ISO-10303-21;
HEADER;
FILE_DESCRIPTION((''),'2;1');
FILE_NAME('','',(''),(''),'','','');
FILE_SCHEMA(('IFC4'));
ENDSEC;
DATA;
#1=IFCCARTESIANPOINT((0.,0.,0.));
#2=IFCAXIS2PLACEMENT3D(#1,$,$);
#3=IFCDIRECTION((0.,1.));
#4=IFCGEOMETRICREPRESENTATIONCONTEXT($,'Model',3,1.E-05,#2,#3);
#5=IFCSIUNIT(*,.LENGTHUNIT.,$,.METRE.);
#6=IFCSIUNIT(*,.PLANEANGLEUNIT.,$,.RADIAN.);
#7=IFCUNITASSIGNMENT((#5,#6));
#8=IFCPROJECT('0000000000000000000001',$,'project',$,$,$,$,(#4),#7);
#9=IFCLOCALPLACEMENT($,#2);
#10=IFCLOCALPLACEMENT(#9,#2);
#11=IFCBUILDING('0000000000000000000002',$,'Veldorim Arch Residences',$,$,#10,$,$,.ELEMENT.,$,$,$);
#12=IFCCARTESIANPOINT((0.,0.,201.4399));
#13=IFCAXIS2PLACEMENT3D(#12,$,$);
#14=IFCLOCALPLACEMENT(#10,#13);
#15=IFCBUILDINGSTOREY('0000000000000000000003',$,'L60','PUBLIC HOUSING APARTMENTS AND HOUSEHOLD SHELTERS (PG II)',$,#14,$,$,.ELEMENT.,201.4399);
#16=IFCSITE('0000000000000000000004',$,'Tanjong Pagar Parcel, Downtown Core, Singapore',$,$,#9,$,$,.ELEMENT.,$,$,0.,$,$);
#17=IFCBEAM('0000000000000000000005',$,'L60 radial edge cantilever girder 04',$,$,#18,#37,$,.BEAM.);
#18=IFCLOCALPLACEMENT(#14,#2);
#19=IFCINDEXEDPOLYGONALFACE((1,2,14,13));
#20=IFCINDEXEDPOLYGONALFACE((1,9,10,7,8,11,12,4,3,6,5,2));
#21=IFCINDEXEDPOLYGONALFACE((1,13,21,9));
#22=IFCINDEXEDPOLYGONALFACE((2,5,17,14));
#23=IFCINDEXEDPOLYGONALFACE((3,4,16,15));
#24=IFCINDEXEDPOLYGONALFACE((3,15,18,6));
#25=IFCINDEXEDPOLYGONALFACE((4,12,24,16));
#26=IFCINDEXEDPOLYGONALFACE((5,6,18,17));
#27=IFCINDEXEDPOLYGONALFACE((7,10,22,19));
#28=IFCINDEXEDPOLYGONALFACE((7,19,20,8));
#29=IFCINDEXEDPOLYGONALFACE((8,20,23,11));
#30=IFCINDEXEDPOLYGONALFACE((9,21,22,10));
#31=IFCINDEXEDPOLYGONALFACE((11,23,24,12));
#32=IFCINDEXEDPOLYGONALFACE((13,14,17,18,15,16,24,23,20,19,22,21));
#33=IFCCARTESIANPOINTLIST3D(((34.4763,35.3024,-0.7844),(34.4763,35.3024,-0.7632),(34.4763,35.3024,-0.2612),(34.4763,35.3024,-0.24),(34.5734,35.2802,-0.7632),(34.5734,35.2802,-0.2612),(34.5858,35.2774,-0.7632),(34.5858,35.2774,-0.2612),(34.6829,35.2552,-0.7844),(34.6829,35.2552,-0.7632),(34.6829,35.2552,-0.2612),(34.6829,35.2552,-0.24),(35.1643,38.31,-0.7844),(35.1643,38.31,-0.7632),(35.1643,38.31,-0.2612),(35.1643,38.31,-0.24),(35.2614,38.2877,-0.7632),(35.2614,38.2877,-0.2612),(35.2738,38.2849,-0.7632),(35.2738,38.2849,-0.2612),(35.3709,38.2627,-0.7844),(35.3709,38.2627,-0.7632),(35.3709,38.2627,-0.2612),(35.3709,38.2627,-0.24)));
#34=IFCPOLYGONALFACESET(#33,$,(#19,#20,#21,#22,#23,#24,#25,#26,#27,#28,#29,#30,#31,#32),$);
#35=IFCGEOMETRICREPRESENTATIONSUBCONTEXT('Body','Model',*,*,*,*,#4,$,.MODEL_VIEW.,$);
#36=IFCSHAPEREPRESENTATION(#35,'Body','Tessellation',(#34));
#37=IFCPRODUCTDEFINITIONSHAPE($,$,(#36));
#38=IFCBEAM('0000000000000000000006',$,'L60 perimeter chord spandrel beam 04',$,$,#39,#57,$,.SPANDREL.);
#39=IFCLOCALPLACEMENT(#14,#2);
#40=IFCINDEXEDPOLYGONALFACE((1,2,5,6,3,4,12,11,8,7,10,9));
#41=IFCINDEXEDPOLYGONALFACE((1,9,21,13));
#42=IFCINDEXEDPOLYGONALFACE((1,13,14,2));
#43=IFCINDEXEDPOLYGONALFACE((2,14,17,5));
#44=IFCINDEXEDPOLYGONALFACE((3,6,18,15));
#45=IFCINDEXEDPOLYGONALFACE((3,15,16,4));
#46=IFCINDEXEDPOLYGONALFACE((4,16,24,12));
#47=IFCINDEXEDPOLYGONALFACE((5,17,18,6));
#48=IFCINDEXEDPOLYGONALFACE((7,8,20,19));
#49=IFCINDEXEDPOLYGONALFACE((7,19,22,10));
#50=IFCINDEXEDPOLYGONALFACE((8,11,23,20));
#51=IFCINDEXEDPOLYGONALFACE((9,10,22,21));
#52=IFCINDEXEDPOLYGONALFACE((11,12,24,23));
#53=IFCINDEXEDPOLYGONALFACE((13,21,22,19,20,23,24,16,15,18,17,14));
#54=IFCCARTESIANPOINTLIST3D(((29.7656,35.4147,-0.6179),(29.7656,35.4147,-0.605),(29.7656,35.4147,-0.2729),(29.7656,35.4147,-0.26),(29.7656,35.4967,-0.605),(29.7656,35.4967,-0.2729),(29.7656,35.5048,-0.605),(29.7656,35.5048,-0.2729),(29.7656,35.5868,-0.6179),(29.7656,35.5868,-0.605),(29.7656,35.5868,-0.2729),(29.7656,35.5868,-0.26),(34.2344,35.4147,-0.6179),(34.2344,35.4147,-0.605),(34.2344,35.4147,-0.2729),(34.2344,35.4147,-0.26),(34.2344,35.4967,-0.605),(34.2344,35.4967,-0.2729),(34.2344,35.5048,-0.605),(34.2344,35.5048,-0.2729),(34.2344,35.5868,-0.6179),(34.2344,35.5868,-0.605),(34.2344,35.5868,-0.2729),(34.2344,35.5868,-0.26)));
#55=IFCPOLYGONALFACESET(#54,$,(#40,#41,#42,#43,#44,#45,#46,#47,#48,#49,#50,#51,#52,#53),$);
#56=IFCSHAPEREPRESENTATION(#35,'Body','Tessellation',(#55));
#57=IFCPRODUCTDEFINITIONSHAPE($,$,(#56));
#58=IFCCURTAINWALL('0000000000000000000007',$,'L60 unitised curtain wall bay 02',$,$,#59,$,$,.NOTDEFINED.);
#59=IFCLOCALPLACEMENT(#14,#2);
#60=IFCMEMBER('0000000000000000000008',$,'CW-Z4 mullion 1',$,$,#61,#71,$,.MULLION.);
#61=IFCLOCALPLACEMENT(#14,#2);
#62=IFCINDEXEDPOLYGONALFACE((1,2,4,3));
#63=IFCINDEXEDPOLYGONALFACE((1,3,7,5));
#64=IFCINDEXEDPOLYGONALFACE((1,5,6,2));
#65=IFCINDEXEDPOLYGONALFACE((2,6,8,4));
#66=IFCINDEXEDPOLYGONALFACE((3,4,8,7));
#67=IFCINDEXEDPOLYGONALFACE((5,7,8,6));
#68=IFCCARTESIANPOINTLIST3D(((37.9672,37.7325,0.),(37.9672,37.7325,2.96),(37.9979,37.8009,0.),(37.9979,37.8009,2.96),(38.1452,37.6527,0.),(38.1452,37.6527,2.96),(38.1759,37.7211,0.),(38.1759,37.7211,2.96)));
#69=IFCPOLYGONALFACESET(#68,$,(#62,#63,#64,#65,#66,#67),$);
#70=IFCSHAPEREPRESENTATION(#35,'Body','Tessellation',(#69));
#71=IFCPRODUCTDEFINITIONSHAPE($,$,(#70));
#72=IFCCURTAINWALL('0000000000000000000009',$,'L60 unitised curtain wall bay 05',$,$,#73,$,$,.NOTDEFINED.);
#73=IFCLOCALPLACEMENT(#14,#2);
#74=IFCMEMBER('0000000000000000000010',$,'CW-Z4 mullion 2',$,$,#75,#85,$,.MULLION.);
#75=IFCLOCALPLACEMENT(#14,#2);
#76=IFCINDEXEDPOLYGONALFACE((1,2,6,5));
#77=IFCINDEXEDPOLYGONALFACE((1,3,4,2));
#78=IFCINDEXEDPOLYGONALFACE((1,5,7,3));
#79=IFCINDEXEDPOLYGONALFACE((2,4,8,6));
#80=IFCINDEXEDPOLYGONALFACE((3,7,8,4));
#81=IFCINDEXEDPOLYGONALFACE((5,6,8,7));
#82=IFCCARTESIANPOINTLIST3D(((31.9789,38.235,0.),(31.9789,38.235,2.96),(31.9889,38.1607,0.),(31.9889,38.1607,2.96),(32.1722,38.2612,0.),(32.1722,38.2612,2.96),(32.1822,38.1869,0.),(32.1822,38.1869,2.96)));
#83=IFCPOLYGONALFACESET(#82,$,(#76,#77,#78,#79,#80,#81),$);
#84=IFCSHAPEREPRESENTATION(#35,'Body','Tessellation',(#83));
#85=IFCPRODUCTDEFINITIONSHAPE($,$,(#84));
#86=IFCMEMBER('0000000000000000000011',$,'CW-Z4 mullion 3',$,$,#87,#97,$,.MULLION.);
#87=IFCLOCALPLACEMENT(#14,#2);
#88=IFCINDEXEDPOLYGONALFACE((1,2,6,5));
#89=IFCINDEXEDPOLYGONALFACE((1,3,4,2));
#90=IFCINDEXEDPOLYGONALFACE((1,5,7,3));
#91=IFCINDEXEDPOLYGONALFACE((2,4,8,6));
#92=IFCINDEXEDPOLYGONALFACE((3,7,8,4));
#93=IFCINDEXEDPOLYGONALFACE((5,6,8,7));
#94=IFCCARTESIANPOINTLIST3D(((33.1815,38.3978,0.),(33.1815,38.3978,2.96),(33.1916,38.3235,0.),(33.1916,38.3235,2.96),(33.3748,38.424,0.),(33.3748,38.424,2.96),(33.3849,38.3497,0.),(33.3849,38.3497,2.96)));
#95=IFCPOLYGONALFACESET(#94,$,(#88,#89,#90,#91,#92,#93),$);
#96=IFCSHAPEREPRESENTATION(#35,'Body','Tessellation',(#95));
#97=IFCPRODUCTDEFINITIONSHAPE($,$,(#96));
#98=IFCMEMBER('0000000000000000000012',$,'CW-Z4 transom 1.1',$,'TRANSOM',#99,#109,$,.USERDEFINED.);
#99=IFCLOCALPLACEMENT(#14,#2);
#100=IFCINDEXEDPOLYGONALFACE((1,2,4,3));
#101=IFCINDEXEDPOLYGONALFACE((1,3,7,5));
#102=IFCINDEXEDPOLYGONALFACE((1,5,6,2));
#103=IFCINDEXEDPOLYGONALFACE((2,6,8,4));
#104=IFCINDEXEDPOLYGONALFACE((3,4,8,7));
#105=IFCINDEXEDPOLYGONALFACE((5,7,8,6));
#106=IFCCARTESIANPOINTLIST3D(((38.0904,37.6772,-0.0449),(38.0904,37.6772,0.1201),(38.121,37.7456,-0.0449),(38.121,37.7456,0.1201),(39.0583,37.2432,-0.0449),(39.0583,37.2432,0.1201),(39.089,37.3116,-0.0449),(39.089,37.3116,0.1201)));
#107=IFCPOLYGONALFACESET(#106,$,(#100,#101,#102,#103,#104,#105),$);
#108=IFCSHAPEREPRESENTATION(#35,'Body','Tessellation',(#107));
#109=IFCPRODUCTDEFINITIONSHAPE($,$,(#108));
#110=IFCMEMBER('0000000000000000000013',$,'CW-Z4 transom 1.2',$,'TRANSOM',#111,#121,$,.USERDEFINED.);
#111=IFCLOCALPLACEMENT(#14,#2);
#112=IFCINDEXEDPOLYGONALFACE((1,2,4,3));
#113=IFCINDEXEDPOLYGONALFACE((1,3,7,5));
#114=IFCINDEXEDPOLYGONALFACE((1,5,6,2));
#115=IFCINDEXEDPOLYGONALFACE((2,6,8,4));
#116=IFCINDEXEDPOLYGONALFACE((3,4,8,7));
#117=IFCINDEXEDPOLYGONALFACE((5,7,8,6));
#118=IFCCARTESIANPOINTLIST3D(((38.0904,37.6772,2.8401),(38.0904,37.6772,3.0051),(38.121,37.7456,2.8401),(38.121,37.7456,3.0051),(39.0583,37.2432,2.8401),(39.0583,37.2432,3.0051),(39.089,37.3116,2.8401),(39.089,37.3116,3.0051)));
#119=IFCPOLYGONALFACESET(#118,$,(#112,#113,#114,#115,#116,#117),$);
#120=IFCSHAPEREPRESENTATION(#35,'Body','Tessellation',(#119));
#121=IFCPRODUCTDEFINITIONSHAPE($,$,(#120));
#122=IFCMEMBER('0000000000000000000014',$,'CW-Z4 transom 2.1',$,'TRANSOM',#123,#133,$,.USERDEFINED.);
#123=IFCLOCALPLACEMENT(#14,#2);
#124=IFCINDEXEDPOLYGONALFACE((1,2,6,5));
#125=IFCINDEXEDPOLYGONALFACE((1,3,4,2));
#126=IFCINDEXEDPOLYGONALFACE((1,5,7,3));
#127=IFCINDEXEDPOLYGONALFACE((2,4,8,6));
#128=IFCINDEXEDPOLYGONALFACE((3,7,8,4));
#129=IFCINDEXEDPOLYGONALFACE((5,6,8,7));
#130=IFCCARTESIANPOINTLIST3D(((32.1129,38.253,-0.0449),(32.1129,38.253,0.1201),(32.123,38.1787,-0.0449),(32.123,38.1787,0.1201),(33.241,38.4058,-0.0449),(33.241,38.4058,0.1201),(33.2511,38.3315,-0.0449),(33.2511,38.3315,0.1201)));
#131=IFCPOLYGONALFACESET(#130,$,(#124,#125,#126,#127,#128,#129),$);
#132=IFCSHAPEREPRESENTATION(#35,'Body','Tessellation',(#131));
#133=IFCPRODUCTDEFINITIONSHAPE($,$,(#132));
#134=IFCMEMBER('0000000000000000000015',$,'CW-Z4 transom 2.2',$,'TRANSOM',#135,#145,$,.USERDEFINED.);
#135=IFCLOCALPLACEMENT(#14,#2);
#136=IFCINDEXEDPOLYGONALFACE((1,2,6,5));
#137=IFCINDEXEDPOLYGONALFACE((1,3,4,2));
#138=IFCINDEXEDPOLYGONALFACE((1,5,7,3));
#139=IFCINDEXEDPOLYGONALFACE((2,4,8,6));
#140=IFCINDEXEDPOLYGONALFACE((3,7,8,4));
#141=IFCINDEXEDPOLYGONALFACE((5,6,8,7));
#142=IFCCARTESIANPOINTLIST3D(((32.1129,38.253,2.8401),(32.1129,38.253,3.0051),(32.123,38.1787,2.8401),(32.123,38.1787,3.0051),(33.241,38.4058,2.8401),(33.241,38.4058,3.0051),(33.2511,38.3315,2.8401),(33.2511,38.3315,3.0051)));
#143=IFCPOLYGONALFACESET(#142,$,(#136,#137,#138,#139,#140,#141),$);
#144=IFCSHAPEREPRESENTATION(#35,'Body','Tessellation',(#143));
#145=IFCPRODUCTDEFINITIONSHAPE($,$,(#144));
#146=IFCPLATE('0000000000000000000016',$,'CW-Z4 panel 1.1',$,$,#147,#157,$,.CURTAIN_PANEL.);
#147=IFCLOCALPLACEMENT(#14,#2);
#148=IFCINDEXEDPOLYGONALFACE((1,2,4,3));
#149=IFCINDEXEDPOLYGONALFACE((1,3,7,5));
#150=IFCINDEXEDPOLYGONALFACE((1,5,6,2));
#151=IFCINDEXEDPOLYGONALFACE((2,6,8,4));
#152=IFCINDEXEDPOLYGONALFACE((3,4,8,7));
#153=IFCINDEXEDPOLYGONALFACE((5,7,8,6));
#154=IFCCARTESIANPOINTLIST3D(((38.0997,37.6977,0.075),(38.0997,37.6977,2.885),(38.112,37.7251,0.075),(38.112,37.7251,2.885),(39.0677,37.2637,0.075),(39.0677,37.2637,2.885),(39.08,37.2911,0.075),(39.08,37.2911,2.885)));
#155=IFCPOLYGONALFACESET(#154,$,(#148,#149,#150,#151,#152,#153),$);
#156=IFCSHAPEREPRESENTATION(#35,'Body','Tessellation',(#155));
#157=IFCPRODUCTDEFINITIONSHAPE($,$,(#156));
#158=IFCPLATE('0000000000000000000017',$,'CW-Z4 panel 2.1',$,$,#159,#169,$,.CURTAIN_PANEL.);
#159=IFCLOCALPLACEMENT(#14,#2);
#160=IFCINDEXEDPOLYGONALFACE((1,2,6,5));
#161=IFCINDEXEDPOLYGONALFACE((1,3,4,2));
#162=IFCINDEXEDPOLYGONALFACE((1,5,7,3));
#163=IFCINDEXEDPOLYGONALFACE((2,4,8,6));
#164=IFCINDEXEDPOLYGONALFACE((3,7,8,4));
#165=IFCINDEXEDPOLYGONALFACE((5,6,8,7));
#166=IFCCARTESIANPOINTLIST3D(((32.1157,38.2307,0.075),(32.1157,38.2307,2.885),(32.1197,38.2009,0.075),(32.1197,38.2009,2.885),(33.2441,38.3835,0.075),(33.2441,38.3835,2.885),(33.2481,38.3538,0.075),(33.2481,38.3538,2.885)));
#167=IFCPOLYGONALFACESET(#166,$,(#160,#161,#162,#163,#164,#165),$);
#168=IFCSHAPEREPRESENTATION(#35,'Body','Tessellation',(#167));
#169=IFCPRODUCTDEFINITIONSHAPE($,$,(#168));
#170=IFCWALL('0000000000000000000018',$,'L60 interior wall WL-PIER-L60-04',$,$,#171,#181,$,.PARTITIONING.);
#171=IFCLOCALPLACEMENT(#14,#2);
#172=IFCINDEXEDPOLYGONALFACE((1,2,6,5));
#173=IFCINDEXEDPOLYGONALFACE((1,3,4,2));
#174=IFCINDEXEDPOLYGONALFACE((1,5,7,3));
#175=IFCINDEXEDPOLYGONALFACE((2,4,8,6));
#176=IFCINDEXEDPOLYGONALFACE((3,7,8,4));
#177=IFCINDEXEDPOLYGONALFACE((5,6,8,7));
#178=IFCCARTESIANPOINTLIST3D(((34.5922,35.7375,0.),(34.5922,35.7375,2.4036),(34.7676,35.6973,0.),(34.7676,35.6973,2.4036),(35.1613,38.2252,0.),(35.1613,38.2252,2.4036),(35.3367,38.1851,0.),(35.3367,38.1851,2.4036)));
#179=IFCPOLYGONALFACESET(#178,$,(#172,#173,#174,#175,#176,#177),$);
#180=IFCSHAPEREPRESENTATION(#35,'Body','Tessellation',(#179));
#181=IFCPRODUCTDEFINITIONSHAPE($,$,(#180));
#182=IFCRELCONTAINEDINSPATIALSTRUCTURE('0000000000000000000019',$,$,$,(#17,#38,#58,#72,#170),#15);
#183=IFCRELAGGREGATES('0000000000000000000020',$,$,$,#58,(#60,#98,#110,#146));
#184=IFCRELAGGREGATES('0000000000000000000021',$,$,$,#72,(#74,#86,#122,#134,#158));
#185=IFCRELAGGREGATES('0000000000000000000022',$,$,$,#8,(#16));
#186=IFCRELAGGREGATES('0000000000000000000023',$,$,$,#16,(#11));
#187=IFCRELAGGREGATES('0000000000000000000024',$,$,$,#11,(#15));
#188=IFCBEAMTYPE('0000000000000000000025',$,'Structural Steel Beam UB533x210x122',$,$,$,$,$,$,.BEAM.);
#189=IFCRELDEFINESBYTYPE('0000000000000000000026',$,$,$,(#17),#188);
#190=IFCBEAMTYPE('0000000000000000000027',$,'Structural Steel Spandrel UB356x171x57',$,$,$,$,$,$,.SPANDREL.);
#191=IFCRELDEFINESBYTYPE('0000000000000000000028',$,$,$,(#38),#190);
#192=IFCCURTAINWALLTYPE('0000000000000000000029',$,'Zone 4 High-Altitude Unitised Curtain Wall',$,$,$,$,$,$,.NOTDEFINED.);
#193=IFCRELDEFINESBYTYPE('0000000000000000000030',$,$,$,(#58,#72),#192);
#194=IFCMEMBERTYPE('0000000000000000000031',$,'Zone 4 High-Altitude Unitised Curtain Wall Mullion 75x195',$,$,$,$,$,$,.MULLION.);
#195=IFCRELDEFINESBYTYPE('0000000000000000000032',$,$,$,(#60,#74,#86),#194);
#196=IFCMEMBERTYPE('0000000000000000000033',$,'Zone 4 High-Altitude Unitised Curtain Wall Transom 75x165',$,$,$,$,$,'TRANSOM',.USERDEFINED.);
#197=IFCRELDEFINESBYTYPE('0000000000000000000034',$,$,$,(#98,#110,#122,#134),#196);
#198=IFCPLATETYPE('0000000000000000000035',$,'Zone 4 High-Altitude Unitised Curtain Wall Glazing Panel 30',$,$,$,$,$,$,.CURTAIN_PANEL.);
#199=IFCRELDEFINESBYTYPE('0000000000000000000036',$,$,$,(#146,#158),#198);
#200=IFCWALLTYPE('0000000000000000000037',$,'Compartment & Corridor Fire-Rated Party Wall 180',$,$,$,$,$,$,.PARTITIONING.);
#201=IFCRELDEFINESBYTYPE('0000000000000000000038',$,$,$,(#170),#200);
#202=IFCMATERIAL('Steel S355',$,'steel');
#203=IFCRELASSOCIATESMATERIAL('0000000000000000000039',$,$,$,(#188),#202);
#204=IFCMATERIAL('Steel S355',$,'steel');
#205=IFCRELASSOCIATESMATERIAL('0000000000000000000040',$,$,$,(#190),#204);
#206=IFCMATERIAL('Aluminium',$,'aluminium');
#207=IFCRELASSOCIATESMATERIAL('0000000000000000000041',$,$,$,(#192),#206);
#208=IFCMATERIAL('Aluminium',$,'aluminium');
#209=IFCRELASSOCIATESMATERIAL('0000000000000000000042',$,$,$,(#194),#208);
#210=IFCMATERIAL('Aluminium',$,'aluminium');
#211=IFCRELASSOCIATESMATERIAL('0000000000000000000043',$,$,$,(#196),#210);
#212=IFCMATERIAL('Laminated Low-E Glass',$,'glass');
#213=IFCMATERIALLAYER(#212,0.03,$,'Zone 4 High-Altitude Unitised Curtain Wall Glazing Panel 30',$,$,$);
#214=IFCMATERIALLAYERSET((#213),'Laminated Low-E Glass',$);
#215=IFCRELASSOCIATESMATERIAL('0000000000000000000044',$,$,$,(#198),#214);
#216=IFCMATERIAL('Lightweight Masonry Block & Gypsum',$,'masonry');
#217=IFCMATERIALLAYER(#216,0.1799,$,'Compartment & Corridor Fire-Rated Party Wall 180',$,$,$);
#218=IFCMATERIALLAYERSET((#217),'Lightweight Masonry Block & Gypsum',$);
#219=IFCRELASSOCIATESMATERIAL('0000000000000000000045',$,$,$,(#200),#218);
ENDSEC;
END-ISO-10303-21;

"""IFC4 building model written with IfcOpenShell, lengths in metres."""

from ifc_helpers import new_model, si_unit, direction, frame, frame_2d, origin, origin_2d, place, context, subcontext, project, spatial, rectangle, i_section, extrude, material, layer, layer_set, material_profile, profile_set, type_object, element, aggregate, save


model = new_model("IFC4")

# Units and contexts
model_context = context("Model", 3, precision=1e-05, world=origin(), true_north=direction((0.0, 1.0)))
body_context = subcontext(model_context, "Body", "Model", "MODEL_VIEW")
ifc_project = project(units=[si_unit("LENGTHUNIT", "METRE"), si_unit("PLANEANGLEUNIT", "RADIAN")], contexts=[model_context])

# Site, building, storey
site_placement = place(None, origin())
site = spatial("IfcSite", under=ifc_project, at=site_placement, Name="Tanjong Pagar Parcel, Downtown Core, Singapore", CompositionType="ELEMENT", RefElevation=0.0)
building_placement = place(site_placement, origin())
building = spatial("IfcBuilding", under=site, at=building_placement, Name="Veldorim Arch Residences", CompositionType="ELEMENT")
storey_placement = place(building_placement, frame((0.0, 0.0, 201.4399)))
storey = spatial("IfcBuildingStorey", under=building, at=storey_placement, Name="L60", Description="PUBLIC HOUSING APARTMENTS AND HOUSEHOLD SHELTERS (PG II)", CompositionType="ELEMENT", Elevation=201.4399)

# Beams
ifc_material_1 = material(Name="Steel S355", Category="steel")
ifc_material_profile_1 = material_profile(ifc_material_1, i_section(OverallWidth=0.2119, OverallDepth=0.5444, WebThickness=0.0127, FlangeThickness=0.0212, at=origin_2d()), Name="UB533x210x122")
ifc_profile_set_1 = profile_set([ifc_material_profile_1], Name="Steel S355")
beam_type_1 = type_object("IfcBeamType", Name="Structural Steel Beam UB533x210x122", PredefinedType="BEAM", material=ifc_profile_set_1)
beam_1_placement = place(storey_placement, frame((34.5796, 35.2788, -0.5122), z_axis=(0.222992, 0.97482, 0.0), x_axis=(-0.97482, 0.222992, 0.0)))
element("IfcBeam", 1, at=beam_1_placement, inside=storey, type_object=beam_type_1, Name="L60 radial edge cantilever girder 04", PredefinedType="BEAM", context=body_context, shape_type="SweptSolid", body=[
    extrude(i_section(OverallWidth=0.2119, OverallDepth=0.5444, WebThickness=0.0127, FlangeThickness=0.0212, at=origin_2d()), origin(), (0.0, 0.0, 1.0), 3.0852),
])
ifc_material_2 = material(Name="Steel S355", Category="steel")
ifc_material_profile_2 = material_profile(ifc_material_2, i_section(OverallWidth=0.1721, OverallDepth=0.3579, WebThickness=0.0081, FlangeThickness=0.0129, at=origin_2d()), Name="UB356x171x57")
ifc_profile_set_2 = profile_set([ifc_material_profile_2], Name="Steel S355")
beam_type_2 = type_object("IfcBeamType", Name="Structural Steel Spandrel UB356x171x57", PredefinedType="SPANDREL", material=ifc_profile_set_2)
beam_2_placement = place(storey_placement, frame((34.2344, 35.5007, -0.439), z_axis=(-1.0, 0.0, 0.0), x_axis=(0.0, -1.0, 0.0)))
element("IfcBeam", 2, at=beam_2_placement, inside=storey, type_object=beam_type_2, Name="L60 perimeter chord spandrel beam 04", PredefinedType="SPANDREL", context=body_context, shape_type="SweptSolid", body=[
    extrude(i_section(OverallWidth=0.1721, OverallDepth=0.3579, WebThickness=0.0081, FlangeThickness=0.0129, at=origin_2d()), origin(), (0.0, 0.0, 1.0), 4.4688),
])

# Curtain wall, member
ifc_material_3 = material(Name="Aluminium", Category="aluminium")
curtain_wall_type = type_object("IfcCurtainWallType", Name="Zone 4 High-Altitude Unitised Curtain Wall", PredefinedType="NOTDEFINED", material=ifc_material_3)
curtain_wall_1_placement = place(storey_placement, origin())
curtain_wall_1 = element("IfcCurtainWall", 3, at=curtain_wall_1_placement, inside=storey, type_object=curtain_wall_type, Name="L60 unitised curtain wall bay 02", PredefinedType="NOTDEFINED")
ifc_material_4 = material(Name="Aluminium", Category="aluminium")
ifc_material_profile_3 = material_profile(ifc_material_4, rectangle(XDim=0.075, YDim=0.1951, at=origin_2d()), Name="ALU_MUL_75x195")
ifc_profile_set_3 = profile_set([ifc_material_profile_3], Name="Aluminium")
member_type_1 = type_object("IfcMemberType", Name="Zone 4 High-Altitude Unitised Curtain Wall Mullion 75x195", PredefinedType="MULLION", material=ifc_profile_set_3)
member_1_placement = place(storey_placement, frame((38.0715, 37.7268, 0.0), z_axis=(0.0, 0.0, 1.0), x_axis=(0.409149, 0.912468, 0.0)))
member_1 = element("IfcMember", 4, at=member_1_placement, type_object=member_type_1, Name="CW-Z4 mullion 1", PredefinedType="MULLION", context=body_context, shape_type="SweptSolid", body=[
    extrude(rectangle(XDim=0.075, YDim=0.1951, at=origin_2d()), origin(), (0.0, 0.0, 1.0), 2.96),
])

# Curtain wall, members
curtain_wall_2_placement = place(storey_placement, origin())
curtain_wall_2 = element("IfcCurtainWall", 5, at=curtain_wall_2_placement, inside=storey, type_object=curtain_wall_type, Name="L60 unitised curtain wall bay 05", PredefinedType="NOTDEFINED")
member_2_placement = place(storey_placement, frame((32.0806, 38.2109, 0.0), z_axis=(0.0, 0.0, 1.0), x_axis=(-0.134245, 0.990948, 0.0)))
member_2 = element("IfcMember", 6, at=member_2_placement, type_object=member_type_1, Name="CW-Z4 mullion 2", PredefinedType="MULLION", context=body_context, shape_type="SweptSolid", body=[
    extrude(rectangle(XDim=0.075, YDim=0.1951, at=origin_2d()), origin(), (0.0, 0.0, 1.0), 2.96),
])
member_3_placement = place(storey_placement, frame((33.2832, 38.3738, 0.0), z_axis=(0.0, 0.0, 1.0), x_axis=(-0.134245, 0.990948, 0.0)))
member_3 = element("IfcMember", 7, at=member_3_placement, type_object=member_type_1, Name="CW-Z4 mullion 3", PredefinedType="MULLION", context=body_context, shape_type="SweptSolid", body=[
    extrude(rectangle(XDim=0.075, YDim=0.1951, at=origin_2d()), origin(), (0.0, 0.0, 1.0), 2.96),
])

# Members
ifc_material_5 = material(Name="Aluminium", Category="aluminium")
ifc_material_profile_4 = material_profile(ifc_material_5, rectangle(XDim=0.075, YDim=0.165, at=origin_2d()), Name="ALU_TRN_75x165")
ifc_profile_set_4 = profile_set([ifc_material_profile_4], Name="Aluminium")
member_type_2 = type_object("IfcMemberType", Name="Zone 4 High-Altitude Unitised Curtain Wall Transom 75x165", ElementType="TRANSOM", PredefinedType="USERDEFINED", material=ifc_profile_set_4)
member_4_placement = place(storey_placement, frame((38.1057, 37.7114, 0.0376), z_axis=(0.912459, -0.409168, 0.0), x_axis=(0.409168, 0.912459, 0.0)))
member_4 = element("IfcMember", 8, at=member_4_placement, type_object=member_type_2, Name="CW-Z4 transom 1.1", ObjectType="TRANSOM", PredefinedType="USERDEFINED", context=body_context, shape_type="SweptSolid", body=[
    extrude(rectangle(XDim=0.075, YDim=0.165, at=origin_2d()), origin(), (0.0, 0.0, 1.0), 1.0608),
])
member_5_placement = place(storey_placement, frame((38.1057, 37.7114, 2.9226), z_axis=(0.912459, -0.409168, 0.0), x_axis=(0.409168, 0.912459, 0.0)))
member_5 = element("IfcMember", 9, at=member_5_placement, type_object=member_type_2, Name="CW-Z4 transom 1.2", ObjectType="TRANSOM", PredefinedType="USERDEFINED", context=body_context, shape_type="SweptSolid", body=[
    extrude(rectangle(XDim=0.075, YDim=0.165, at=origin_2d()), origin(), (0.0, 0.0, 1.0), 1.0608),
])
member_6_placement = place(storey_placement, frame((32.1179, 38.2158, 0.0376), z_axis=(0.990949, 0.134242, 0.0), x_axis=(-0.134242, 0.990949, 0.0)))
member_6 = element("IfcMember", 10, at=member_6_placement, type_object=member_type_2, Name="CW-Z4 transom 2.1", ObjectType="TRANSOM", PredefinedType="USERDEFINED", context=body_context, shape_type="SweptSolid", body=[
    extrude(rectangle(XDim=0.075, YDim=0.165, at=origin_2d()), origin(), (0.0, 0.0, 1.0), 1.1384),
])
member_7_placement = place(storey_placement, frame((32.1179, 38.2158, 2.9226), z_axis=(0.990949, 0.134242, 0.0), x_axis=(-0.134242, 0.990949, 0.0)))
member_7 = element("IfcMember", 11, at=member_7_placement, type_object=member_type_2, Name="CW-Z4 transom 2.2", ObjectType="TRANSOM", PredefinedType="USERDEFINED", context=body_context, shape_type="SweptSolid", body=[
    extrude(rectangle(XDim=0.075, YDim=0.165, at=origin_2d()), origin(), (0.0, 0.0, 1.0), 1.1384),
])

# Plates
ifc_material_6 = material(Name="Laminated Low-E Glass", Category="glass")
ifc_layer_1 = layer(ifc_material_6, 0.03, Name="Zone 4 High-Altitude Unitised Curtain Wall Glazing Panel 30")
ifc_layer_set_1 = layer_set([ifc_layer_1], Name="Laminated Low-E Glass")
plate_type = type_object("IfcPlateType", Name="Zone 4 High-Altitude Unitised Curtain Wall Glazing Panel 30", PredefinedType="CURTAIN_PANEL", material=ifc_layer_set_1)
plate_1_placement = place(storey_placement, frame((38.5898, 37.4944, 0.075), z_axis=(0.0, 0.0, 1.0), x_axis=(0.912468, -0.409149, 0.0)))
plate_1 = element("IfcPlate", 12, at=plate_1_placement, type_object=plate_type, Name="CW-Z4 panel 1.1", PredefinedType="CURTAIN_PANEL", context=body_context, shape_type="SweptSolid", body=[
    extrude(rectangle(XDim=1.0608, YDim=0.03, at=origin_2d()), origin(), (0.0, 0.0, 1.0), 2.8101),
])
aggregate(curtain_wall_1, [member_1, member_4, member_5, plate_1])
plate_2_placement = place(storey_placement, frame((32.6819, 38.2922, 0.075), z_axis=(0.0, 0.0, 1.0), x_axis=(0.990948, 0.134245, 0.0)))
plate_2 = element("IfcPlate", 13, at=plate_2_placement, type_object=plate_type, Name="CW-Z4 panel 2.1", PredefinedType="CURTAIN_PANEL", context=body_context, shape_type="SweptSolid", body=[
    extrude(rectangle(XDim=1.1387, YDim=0.03, at=origin_2d()), origin(), (0.0, 0.0, 1.0), 2.8101),
])
aggregate(curtain_wall_2, [member_2, member_3, member_6, member_7, plate_2])

# Wall
ifc_material_7 = material(Name="Lightweight Masonry Block & Gypsum", Category="masonry")
ifc_layer_2 = layer(ifc_material_7, 0.1799, Name="Compartment & Corridor Fire-Rated Party Wall 180")
ifc_layer_set_2 = layer_set([ifc_layer_2], Name="Lightweight Masonry Block & Gypsum")
wall_type_1 = type_object("IfcWallType", Name="Compartment & Corridor Fire-Rated Party Wall 180", PredefinedType="PARTITIONING", material=ifc_layer_set_2)
wall_1_placement = place(storey_placement, frame((34.6799, 35.7175, 0.0), z_axis=(0.0, 0.0, 1.0), x_axis=(0.222994, 0.97482, 0.0)))
element("IfcWall", 14, at=wall_1_placement, inside=storey, type_object=wall_type_1, Name="L60 interior wall WL-PIER-L60-04", PredefinedType="PARTITIONING", context=body_context, shape_type="SweptSolid", body=[
    extrude(rectangle(XDim=2.552, YDim=0.1799, at=frame_2d((1.2759, 0.0))), origin(), (0.0, 0.0, 1.0), 2.4036),
])

save(model, "model.ifc")
